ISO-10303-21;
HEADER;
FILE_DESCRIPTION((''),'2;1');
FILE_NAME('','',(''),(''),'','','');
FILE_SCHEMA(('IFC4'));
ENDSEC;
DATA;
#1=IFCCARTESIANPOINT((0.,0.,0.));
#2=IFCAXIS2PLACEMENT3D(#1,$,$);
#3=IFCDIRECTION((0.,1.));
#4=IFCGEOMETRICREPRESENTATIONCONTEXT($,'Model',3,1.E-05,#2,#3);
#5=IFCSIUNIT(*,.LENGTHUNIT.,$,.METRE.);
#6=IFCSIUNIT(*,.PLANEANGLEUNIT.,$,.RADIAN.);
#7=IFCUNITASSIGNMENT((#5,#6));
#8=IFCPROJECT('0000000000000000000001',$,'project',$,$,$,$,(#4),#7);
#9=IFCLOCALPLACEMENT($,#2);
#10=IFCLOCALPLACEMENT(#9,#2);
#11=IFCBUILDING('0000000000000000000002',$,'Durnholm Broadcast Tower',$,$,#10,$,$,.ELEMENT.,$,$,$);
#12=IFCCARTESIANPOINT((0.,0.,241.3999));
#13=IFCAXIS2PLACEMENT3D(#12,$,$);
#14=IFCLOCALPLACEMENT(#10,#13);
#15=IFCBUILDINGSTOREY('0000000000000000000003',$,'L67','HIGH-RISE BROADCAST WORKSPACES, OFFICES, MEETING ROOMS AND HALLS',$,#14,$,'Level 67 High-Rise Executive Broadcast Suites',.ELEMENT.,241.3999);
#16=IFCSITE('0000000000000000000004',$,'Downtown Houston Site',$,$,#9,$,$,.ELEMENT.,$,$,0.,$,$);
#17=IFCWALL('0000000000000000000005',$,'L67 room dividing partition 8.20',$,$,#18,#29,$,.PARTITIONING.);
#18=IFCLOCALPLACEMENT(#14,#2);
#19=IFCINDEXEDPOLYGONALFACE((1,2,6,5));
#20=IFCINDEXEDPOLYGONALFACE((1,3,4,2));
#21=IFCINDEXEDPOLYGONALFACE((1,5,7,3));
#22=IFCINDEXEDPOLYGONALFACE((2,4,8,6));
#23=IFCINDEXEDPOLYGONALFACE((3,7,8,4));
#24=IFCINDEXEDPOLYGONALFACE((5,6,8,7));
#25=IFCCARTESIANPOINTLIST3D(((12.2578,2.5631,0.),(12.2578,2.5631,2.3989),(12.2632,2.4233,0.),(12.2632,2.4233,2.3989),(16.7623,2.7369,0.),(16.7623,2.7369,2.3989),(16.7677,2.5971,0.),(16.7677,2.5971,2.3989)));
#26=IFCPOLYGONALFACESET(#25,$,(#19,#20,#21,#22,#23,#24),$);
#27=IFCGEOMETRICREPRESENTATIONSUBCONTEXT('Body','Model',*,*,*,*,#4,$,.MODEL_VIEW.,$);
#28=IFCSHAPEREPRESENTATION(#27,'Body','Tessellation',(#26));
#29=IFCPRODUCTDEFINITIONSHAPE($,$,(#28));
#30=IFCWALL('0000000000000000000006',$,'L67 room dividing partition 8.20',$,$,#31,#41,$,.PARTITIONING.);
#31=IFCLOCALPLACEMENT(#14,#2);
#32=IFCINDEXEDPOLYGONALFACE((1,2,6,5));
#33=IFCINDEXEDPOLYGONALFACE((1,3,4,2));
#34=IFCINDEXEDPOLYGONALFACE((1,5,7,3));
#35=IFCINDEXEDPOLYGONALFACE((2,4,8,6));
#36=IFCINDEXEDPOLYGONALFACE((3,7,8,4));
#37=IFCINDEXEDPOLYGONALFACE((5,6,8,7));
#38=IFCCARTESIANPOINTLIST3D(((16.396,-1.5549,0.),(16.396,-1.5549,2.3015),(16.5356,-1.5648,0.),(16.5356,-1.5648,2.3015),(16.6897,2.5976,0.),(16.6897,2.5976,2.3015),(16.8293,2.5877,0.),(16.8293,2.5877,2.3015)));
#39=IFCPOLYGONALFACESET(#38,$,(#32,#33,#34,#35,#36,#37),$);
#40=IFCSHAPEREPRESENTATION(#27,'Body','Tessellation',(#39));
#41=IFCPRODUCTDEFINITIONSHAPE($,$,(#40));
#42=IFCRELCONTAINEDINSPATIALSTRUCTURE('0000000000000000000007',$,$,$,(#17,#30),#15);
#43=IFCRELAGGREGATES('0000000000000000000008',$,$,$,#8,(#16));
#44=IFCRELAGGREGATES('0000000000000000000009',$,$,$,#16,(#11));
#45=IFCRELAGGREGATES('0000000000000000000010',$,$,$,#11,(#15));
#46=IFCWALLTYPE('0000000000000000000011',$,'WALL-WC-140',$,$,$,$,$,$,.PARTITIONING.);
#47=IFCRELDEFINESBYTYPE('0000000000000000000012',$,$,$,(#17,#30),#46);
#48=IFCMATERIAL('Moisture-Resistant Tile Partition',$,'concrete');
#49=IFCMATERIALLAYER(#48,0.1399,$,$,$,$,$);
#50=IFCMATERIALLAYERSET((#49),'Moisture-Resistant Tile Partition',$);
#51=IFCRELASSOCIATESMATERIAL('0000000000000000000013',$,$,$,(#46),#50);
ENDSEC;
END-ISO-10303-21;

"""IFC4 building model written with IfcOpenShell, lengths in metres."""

from ifc_helpers import new_model, si_unit, direction, frame, frame_2d, origin, place, context, subcontext, project, spatial, rectangle, extrude, material, layer, layer_set, type_object, element, save


model = new_model("IFC4")

# Units and contexts
model_context = context("Model", 3, precision=1e-05, world=origin(), true_north=direction((0.0, 1.0)))
body_context = subcontext(model_context, "Body", "Model", "MODEL_VIEW")
ifc_project = project(units=[si_unit("LENGTHUNIT", "METRE"), si_unit("PLANEANGLEUNIT", "RADIAN")], contexts=[model_context])

# Site, building, storey
site_placement = place(None, origin())
site = spatial("IfcSite", under=ifc_project, at=site_placement, Name="Downtown Houston Site", CompositionType="ELEMENT", RefElevation=0.0)
building_placement = place(site_placement, origin())
building = spatial("IfcBuilding", under=site, at=building_placement, Name="Durnholm Broadcast Tower", CompositionType="ELEMENT")
storey_placement = place(building_placement, frame((0.0, 0.0, 241.3999)))
storey = spatial("IfcBuildingStorey", under=building, at=storey_placement, Name="L67", Description="HIGH-RISE BROADCAST WORKSPACES, OFFICES, MEETING ROOMS AND HALLS", LongName="Level 67 High-Rise Executive Broadcast Suites", CompositionType="ELEMENT", Elevation=241.3999)

# Walls
ifc_material_1 = material(Name="Moisture-Resistant Tile Partition", Category="concrete")
ifc_layer_1 = layer(ifc_material_1, 0.1399)
ifc_layer_set_1 = layer_set([ifc_layer_1], Name="Moisture-Resistant Tile Partition")
wall_type_1 = type_object("IfcWallType", Name="WALL-WC-140", PredefinedType="PARTITIONING", material=ifc_layer_set_1)
wall_1_placement = place(storey_placement, frame((12.2605, 2.4932, 0.0), z_axis=(0.0, 0.0, 1.0), x_axis=(0.999256, 0.038562, 0.0)))
element("IfcWall", 1, at=wall_1_placement, inside=storey, type_object=wall_type_1, Name="L67 room dividing partition 8.20", PredefinedType="PARTITIONING", context=body_context, shape_type="SweptSolid", body=[
    extrude(rectangle(XDim=4.5078, YDim=0.1399, at=frame_2d((2.2539, 0.0))), origin(), (0.0, 0.0, 1.0), 2.3989),
])
wall_2_placement = place(storey_placement, frame((16.7595, 2.5928, 0.0), z_axis=(0.0, 0.0, 1.0), x_axis=(-0.070551, -0.997508, 0.0)))
element("IfcWall", 2, at=wall_2_placement, inside=storey, type_object=wall_type_1, Name="L67 room dividing partition 8.20", PredefinedType="PARTITIONING", context=body_context, shape_type="SweptSolid", body=[
    extrude(rectangle(XDim=4.1628, YDim=0.1399, at=frame_2d((2.0815, 0.0))), origin(), (0.0, 0.0, 1.0), 2.3015),
])

save(model, "model.ifc")
